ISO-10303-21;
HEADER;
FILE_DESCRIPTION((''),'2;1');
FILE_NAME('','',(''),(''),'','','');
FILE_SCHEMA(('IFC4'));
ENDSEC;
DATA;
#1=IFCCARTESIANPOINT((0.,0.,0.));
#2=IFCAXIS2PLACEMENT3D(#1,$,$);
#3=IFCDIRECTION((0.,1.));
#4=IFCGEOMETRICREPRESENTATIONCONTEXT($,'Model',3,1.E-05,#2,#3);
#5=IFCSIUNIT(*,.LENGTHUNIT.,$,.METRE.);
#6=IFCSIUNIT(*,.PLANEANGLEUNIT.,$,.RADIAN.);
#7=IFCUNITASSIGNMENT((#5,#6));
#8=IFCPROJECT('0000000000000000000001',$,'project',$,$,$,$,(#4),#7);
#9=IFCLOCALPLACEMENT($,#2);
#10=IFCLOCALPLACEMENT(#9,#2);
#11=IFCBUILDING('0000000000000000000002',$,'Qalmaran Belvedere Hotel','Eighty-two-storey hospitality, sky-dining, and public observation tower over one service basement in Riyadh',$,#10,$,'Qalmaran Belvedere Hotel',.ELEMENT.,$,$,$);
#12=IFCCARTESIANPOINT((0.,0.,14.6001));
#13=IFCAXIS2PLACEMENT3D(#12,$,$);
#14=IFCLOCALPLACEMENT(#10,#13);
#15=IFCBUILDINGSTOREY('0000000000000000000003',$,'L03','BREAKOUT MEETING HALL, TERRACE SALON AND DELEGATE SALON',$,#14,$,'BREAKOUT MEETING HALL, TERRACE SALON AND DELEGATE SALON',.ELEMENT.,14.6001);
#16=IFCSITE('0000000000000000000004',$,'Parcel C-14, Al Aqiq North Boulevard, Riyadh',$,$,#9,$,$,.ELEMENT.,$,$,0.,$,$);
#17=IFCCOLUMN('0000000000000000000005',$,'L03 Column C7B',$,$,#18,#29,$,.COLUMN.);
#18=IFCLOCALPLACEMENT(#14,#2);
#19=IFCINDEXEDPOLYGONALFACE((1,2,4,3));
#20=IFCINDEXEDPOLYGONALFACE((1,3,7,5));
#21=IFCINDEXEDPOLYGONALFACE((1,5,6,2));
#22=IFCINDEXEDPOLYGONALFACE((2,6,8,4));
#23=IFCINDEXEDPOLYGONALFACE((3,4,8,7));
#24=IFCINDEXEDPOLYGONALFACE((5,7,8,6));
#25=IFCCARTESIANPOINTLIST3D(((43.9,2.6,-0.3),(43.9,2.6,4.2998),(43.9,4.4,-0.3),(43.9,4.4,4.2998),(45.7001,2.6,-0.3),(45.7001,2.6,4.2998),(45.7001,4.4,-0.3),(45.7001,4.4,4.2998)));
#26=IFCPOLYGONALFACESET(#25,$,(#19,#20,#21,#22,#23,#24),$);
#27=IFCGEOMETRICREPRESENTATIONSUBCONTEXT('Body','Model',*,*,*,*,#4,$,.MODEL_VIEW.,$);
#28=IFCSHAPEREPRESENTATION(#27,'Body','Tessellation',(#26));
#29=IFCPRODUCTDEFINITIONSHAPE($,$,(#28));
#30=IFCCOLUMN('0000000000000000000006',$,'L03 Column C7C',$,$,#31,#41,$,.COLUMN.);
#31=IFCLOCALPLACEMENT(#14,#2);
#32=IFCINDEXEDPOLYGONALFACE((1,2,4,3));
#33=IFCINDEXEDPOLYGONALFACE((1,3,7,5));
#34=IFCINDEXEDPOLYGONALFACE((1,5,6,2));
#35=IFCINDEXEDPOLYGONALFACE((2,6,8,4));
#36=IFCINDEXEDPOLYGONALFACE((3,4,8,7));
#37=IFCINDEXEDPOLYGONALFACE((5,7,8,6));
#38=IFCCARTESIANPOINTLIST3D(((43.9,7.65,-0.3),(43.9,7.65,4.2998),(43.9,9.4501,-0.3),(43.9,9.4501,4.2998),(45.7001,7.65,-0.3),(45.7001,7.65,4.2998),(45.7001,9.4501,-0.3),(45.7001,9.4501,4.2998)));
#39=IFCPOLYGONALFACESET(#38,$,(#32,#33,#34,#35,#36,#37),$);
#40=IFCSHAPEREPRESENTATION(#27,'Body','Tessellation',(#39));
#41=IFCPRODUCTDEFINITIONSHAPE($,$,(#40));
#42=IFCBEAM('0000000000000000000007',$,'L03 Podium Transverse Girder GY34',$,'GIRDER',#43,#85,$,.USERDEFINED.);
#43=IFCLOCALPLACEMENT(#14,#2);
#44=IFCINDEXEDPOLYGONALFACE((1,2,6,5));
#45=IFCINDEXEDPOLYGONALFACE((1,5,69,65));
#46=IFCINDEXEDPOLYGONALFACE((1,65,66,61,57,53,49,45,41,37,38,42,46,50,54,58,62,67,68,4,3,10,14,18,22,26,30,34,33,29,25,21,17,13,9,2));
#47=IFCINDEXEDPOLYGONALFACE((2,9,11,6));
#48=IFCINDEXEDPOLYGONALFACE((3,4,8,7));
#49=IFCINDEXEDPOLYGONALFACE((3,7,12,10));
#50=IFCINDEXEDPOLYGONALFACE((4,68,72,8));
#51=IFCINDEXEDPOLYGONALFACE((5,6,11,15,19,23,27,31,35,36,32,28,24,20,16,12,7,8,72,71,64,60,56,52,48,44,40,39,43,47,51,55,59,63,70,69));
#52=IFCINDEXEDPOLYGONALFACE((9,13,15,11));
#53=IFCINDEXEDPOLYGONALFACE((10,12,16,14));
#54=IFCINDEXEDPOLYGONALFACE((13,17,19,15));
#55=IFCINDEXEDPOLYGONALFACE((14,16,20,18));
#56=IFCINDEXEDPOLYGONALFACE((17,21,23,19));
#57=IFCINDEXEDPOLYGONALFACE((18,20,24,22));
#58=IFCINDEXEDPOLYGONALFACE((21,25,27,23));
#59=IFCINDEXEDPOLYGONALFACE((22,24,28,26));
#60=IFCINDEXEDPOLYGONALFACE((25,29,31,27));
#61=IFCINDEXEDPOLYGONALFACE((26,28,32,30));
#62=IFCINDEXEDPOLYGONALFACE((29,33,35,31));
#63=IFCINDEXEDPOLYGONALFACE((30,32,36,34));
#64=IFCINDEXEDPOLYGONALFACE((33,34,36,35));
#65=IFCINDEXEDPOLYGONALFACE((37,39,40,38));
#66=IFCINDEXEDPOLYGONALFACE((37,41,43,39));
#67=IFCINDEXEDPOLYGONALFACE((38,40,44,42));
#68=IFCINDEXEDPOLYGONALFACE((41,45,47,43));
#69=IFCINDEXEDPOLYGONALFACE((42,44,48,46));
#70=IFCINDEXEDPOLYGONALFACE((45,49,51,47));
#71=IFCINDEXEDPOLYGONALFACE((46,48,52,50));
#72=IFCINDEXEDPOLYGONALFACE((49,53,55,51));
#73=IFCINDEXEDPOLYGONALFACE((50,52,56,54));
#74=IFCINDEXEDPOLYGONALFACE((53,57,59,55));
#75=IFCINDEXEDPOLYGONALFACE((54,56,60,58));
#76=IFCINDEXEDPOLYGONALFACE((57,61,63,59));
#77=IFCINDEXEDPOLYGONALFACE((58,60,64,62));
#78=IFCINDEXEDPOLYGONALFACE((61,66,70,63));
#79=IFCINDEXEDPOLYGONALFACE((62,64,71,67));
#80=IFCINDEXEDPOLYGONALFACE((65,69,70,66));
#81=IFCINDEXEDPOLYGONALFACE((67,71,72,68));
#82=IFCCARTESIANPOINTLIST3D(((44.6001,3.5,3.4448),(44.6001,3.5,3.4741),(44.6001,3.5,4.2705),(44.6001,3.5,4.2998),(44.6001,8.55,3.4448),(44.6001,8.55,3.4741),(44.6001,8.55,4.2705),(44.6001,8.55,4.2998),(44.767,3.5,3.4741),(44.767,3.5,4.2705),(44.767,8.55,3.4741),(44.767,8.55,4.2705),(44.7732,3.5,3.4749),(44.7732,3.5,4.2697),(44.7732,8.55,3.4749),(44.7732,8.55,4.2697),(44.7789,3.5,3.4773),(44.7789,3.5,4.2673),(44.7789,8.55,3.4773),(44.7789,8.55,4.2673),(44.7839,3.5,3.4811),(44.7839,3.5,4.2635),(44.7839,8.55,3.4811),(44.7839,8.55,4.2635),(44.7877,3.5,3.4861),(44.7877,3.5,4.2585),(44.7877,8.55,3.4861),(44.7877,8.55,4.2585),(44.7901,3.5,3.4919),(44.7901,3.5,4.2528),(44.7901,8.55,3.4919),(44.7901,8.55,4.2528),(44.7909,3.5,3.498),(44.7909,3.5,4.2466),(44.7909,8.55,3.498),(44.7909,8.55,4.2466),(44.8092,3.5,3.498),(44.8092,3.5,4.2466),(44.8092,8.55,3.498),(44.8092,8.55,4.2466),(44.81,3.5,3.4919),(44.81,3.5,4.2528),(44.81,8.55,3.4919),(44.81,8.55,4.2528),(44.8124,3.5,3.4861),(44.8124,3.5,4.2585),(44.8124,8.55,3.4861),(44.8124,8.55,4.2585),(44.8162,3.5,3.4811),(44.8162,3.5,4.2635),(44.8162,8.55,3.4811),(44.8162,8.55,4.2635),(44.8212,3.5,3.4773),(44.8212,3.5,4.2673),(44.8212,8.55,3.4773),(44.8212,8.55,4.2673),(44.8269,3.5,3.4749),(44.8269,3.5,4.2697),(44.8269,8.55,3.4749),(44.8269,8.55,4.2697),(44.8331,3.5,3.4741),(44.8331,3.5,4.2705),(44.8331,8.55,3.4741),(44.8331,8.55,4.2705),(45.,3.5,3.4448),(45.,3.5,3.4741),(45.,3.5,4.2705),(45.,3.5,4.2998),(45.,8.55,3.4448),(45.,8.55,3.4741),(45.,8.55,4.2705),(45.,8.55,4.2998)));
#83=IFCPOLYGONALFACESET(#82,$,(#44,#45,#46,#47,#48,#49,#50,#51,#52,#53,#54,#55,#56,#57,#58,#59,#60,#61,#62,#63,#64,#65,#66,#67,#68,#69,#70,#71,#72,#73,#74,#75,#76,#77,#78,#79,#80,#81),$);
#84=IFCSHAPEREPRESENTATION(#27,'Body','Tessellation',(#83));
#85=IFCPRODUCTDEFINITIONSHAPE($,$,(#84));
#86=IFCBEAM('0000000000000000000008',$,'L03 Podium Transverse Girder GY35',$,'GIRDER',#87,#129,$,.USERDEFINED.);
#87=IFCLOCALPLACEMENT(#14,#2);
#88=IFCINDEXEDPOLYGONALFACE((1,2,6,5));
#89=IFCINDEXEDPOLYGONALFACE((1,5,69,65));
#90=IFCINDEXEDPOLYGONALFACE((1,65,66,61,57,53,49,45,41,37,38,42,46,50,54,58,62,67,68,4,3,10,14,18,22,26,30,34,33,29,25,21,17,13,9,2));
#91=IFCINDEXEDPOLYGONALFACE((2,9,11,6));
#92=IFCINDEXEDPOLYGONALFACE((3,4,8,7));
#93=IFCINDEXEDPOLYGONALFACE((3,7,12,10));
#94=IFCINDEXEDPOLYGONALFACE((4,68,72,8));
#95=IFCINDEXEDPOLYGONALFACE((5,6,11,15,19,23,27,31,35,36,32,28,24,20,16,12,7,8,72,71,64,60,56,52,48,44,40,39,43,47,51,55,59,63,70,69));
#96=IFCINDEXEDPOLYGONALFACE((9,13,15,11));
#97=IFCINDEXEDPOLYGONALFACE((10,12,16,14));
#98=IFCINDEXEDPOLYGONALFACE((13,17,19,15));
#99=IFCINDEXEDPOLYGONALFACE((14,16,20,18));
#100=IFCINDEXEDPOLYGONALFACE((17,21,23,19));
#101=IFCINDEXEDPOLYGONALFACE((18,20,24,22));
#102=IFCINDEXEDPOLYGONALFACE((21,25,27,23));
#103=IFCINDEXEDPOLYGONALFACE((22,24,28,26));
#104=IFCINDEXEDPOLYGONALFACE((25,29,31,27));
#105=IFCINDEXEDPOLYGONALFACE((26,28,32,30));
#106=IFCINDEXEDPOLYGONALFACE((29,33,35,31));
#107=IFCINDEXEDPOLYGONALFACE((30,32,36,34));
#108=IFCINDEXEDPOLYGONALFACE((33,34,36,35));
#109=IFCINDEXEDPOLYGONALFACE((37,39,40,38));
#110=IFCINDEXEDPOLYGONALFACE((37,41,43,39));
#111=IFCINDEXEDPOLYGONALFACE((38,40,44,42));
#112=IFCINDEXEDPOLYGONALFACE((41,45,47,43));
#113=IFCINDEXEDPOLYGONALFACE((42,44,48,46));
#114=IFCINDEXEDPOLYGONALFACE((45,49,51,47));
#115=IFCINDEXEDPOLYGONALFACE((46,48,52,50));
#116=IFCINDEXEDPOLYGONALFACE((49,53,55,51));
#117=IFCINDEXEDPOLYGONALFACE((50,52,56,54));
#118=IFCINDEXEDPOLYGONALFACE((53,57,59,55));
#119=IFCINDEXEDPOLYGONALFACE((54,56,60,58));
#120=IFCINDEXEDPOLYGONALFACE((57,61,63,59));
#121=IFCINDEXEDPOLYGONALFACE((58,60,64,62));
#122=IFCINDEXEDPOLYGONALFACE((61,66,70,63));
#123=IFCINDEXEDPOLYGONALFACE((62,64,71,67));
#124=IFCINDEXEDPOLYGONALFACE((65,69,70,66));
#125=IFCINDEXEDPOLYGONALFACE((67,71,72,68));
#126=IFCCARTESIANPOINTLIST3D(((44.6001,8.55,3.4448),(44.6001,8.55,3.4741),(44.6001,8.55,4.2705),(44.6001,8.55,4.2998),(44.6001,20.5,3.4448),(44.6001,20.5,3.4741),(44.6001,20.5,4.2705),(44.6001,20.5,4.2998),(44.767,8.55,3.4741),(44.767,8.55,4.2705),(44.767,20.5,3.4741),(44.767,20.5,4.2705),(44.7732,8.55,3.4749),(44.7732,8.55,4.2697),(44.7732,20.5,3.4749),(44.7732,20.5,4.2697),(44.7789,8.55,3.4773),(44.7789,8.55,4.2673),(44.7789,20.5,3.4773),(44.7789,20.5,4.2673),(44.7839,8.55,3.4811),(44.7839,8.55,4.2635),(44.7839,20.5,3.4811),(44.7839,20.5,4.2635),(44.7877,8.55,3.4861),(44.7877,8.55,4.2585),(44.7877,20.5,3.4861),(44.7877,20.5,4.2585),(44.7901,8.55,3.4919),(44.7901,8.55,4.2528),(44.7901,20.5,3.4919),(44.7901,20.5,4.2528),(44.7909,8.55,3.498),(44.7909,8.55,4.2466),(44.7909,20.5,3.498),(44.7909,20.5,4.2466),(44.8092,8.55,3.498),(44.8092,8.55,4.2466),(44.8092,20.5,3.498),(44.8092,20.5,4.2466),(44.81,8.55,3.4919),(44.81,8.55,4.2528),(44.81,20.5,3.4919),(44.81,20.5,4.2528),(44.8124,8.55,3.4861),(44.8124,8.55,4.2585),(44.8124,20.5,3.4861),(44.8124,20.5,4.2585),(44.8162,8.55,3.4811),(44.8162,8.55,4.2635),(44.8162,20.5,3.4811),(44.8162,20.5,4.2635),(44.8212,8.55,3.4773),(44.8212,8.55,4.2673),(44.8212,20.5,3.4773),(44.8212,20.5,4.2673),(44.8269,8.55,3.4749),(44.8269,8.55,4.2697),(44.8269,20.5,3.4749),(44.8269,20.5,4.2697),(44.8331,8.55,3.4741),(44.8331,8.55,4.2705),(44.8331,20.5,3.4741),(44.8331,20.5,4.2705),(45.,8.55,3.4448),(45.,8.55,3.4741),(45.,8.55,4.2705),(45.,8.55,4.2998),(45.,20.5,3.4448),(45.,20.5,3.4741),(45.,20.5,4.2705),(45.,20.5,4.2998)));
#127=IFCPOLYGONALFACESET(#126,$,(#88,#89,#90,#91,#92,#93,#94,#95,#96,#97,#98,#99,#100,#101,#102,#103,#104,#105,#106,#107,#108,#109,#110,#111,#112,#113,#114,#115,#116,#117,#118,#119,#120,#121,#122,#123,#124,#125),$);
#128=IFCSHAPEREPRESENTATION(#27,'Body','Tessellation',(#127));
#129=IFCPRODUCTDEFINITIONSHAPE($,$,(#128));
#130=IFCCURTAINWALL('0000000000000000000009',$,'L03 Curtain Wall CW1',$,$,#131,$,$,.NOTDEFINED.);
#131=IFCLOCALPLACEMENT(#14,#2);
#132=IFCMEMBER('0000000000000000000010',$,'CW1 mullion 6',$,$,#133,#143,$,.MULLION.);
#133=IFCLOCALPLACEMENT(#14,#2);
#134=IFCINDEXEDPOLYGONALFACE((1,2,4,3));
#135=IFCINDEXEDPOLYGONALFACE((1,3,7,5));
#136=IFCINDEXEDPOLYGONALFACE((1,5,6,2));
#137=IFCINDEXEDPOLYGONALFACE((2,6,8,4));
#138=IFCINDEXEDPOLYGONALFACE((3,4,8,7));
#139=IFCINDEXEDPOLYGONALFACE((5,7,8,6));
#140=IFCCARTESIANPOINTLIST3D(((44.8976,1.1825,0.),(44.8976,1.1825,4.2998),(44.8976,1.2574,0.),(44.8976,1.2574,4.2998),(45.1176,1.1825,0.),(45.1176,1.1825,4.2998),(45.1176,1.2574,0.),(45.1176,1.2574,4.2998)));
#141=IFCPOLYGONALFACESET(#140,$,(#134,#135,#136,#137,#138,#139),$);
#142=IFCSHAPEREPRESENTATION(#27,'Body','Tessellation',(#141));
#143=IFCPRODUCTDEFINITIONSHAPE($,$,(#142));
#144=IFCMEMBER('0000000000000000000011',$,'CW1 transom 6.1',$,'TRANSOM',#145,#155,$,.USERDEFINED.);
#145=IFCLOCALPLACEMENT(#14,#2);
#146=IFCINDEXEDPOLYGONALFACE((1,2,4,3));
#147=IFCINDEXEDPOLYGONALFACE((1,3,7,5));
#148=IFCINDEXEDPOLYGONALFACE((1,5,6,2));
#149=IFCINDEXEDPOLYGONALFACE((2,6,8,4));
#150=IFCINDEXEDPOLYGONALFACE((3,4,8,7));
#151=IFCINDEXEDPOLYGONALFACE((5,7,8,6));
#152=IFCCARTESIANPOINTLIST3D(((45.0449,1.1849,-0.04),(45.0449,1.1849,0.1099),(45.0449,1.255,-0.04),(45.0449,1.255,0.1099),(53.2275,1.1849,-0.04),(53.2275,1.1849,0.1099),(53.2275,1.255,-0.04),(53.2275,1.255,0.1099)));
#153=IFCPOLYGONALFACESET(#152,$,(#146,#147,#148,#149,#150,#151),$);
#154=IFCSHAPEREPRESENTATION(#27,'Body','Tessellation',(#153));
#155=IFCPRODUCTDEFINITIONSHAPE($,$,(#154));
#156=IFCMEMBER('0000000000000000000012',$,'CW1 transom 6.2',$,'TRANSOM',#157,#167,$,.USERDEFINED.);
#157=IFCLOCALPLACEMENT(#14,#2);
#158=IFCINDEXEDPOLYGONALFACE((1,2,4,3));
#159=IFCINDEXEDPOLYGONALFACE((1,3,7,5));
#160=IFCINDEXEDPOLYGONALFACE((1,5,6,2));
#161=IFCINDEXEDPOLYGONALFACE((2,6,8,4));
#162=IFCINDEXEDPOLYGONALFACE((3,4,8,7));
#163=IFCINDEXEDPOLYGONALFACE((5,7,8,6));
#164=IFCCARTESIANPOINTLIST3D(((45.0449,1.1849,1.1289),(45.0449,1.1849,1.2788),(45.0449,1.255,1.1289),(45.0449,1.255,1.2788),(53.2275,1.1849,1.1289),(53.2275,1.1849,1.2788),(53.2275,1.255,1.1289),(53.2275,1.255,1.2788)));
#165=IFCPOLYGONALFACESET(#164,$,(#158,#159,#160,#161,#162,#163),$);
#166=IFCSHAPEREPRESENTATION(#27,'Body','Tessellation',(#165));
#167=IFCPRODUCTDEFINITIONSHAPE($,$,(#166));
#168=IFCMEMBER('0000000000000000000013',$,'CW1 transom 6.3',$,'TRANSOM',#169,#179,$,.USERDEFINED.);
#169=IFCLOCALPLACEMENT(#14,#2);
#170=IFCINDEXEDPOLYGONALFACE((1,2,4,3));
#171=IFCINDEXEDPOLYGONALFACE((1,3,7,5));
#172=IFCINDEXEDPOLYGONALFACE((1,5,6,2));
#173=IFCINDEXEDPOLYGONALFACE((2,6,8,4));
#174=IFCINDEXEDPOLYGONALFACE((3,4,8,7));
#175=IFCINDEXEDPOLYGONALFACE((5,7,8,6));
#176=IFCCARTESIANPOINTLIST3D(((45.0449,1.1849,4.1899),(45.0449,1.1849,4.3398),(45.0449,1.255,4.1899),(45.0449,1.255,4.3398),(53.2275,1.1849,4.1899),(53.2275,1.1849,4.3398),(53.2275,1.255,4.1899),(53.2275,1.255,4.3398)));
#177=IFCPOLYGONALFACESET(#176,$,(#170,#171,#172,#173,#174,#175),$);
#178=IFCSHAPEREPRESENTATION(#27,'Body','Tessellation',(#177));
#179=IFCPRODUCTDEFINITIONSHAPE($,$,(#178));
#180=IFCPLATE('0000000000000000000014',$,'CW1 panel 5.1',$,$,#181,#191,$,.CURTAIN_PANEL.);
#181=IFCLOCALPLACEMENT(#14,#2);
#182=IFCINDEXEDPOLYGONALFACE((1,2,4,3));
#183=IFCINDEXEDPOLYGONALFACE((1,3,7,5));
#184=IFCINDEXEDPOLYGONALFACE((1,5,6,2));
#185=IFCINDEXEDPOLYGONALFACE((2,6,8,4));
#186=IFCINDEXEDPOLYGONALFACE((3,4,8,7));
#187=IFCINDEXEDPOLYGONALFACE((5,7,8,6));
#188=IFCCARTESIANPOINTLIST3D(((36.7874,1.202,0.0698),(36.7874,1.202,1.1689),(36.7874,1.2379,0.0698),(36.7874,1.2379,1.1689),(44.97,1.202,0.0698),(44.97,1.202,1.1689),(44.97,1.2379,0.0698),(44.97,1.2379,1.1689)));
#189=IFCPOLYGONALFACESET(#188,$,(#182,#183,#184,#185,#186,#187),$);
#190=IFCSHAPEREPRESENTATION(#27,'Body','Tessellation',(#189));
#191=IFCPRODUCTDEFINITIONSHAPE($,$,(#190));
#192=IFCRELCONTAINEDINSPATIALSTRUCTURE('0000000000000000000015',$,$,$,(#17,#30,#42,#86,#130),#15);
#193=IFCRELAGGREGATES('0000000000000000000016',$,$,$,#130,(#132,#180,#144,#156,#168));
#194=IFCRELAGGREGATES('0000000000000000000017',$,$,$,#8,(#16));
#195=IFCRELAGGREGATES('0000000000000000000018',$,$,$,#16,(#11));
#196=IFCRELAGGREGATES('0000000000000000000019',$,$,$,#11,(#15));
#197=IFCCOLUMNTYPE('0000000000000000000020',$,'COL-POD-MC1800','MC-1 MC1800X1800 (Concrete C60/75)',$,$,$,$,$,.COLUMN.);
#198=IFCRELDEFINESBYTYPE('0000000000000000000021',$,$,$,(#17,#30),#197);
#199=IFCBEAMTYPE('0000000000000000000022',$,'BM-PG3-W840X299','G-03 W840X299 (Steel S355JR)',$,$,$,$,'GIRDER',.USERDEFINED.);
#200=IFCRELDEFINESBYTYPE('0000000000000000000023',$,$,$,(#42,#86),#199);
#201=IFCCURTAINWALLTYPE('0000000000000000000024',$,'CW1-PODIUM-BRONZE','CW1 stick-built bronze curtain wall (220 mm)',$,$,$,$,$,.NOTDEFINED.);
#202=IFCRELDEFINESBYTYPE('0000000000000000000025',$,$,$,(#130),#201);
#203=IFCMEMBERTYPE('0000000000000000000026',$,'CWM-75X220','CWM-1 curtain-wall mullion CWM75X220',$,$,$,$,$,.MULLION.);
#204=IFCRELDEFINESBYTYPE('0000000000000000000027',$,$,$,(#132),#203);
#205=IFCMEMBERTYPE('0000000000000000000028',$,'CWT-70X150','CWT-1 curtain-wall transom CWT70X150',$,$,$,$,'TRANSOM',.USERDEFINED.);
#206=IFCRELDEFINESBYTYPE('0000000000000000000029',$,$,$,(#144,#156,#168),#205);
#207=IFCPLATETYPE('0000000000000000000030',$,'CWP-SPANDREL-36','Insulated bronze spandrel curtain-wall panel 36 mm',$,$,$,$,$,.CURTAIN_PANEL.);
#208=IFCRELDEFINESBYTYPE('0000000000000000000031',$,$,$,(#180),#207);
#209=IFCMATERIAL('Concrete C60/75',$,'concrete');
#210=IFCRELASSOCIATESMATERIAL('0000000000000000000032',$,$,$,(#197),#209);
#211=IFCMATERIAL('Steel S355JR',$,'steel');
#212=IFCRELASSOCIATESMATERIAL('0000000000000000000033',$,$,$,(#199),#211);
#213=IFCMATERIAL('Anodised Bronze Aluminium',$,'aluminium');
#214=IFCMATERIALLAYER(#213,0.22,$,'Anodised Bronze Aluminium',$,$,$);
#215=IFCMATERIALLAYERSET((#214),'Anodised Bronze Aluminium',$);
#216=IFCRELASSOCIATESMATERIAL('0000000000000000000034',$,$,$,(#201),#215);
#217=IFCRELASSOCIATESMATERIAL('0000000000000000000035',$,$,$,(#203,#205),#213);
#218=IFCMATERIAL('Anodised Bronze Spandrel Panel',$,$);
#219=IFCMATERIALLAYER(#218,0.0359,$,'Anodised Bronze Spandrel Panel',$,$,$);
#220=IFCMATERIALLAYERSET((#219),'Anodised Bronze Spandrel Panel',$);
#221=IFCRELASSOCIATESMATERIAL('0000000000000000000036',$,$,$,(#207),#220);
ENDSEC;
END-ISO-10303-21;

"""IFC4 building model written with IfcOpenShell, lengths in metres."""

from ifc_helpers import new_model, si_unit, direction, frame, origin, origin_2d, place, context, subcontext, project, spatial, rectangle, i_section, extrude, material, layer, layer_set, material_profile, profile_set, type_object, element, aggregate, save


model = new_model("IFC4")

# Units and contexts
model_context = context("Model", 3, precision=1e-05, world=origin(), true_north=direction((0.0, 1.0)))
body_context = subcontext(model_context, "Body", "Model", "MODEL_VIEW")
ifc_project = project(units=[si_unit("LENGTHUNIT", "METRE"), si_unit("PLANEANGLEUNIT", "RADIAN")], contexts=[model_context])

# Site, building, storey
site_placement = place(None, origin())
site = spatial("IfcSite", under=ifc_project, at=site_placement, Name="Parcel C-14, Al Aqiq North Boulevard, Riyadh", CompositionType="ELEMENT", RefElevation=0.0)
building_placement = place(site_placement, origin())
building = spatial("IfcBuilding", under=site, at=building_placement, Name="Qalmaran Belvedere Hotel", Description="Eighty-two-storey hospitality, sky-dining, and public observation tower over one service basement in Riyadh", LongName="Qalmaran Belvedere Hotel", CompositionType="ELEMENT")
storey_placement = place(building_placement, frame((0.0, 0.0, 14.6001)))
storey = spatial("IfcBuildingStorey", under=building, at=storey_placement, Name="L03", Description="BREAKOUT MEETING HALL, TERRACE SALON AND DELEGATE SALON", LongName="BREAKOUT MEETING HALL, TERRACE SALON AND DELEGATE SALON", CompositionType="ELEMENT", Elevation=14.6001)

# Columns
ifc_material_1 = material(Name="Concrete C60/75", Category="concrete")
ifc_material_profile_1 = material_profile(ifc_material_1, rectangle(XDim=1.8, YDim=1.8, at=origin_2d()), Name="MC1800X1800")
ifc_profile_set_1 = profile_set([ifc_material_profile_1], Name="Concrete C60/75")
column_type = type_object("IfcColumnType", Name="COL-POD-MC1800", Description="MC-1 MC1800X1800 (Concrete C60/75)", PredefinedType="COLUMN", material=ifc_profile_set_1)
for number, where, z_axis, x_axis, name in (
    (1, (44.8, 3.5, -0.3), (0.0, 0.0, 1.0), (1.0, 0.0, 0.0), "L03 Column C7B"),
    (2, (44.8, 8.55, -0.3), (0.0, 0.0, 1.0), (1.0, 0.0, 0.0), "L03 Column C7C"),
):
    element("IfcColumn", number, at=place(storey_placement, frame(where, z_axis=z_axis, x_axis=x_axis)), inside=storey, type_object=column_type, Name=name, PredefinedType="COLUMN", context=body_context, shape_type="SweptSolid", body=[
        extrude(rectangle(XDim=1.8, YDim=1.8, at=origin_2d()), origin(), (0.0, 0.0, 1.0), 4.5999),
    ])

# Beams
ifc_material_2 = material(Name="Steel S355JR", Category="steel")
ifc_material_profile_2 = material_profile(ifc_material_2, i_section(OverallWidth=0.3999, OverallDepth=0.855, WebThickness=0.0183, FlangeThickness=0.0293, FilletRadius=0.0239, at=origin_2d()), Name="W840X299")
ifc_profile_set_2 = profile_set([ifc_material_profile_2], Name="Steel S355JR")
beam_type = type_object("IfcBeamType", Name="BM-PG3-W840X299", Description="G-03 W840X299 (Steel S355JR)", ElementType="GIRDER", PredefinedType="USERDEFINED", material=ifc_profile_set_2)
beam_1_placement = place(storey_placement, frame((44.8, 3.5, 3.8723), z_axis=(0.0, 1.0, 0.0), x_axis=(-1.0, 0.0, 0.0)))
element("IfcBeam", 3, at=beam_1_placement, inside=storey, type_object=beam_type, Name="L03 Podium Transverse Girder GY34", ObjectType="GIRDER", PredefinedType="USERDEFINED", context=body_context, shape_type="SweptSolid", body=[
    extrude(i_section(OverallWidth=0.3999, OverallDepth=0.855, WebThickness=0.0183, FlangeThickness=0.0293, FilletRadius=0.0239, at=origin_2d()), origin(), (0.0, 0.0, 1.0), 5.05),
])
beam_2_placement = place(storey_placement, frame((44.8, 8.55, 3.8723), z_axis=(0.0, 1.0, 0.0), x_axis=(-1.0, 0.0, 0.0)))
element("IfcBeam", 4, at=beam_2_placement, inside=storey, type_object=beam_type, Name="L03 Podium Transverse Girder GY35", ObjectType="GIRDER", PredefinedType="USERDEFINED", context=body_context, shape_type="SweptSolid", body=[
    extrude(i_section(OverallWidth=0.3999, OverallDepth=0.855, WebThickness=0.0183, FlangeThickness=0.0293, FilletRadius=0.0239, at=origin_2d()), origin(), (0.0, 0.0, 1.0), 11.95),
])

# Curtain wall, members, plate
ifc_material_3 = material(Name="Anodised Bronze Aluminium", Category="aluminium")
ifc_layer_1 = layer(ifc_material_3, 0.22, Name="Anodised Bronze Aluminium")
ifc_layer_set_1 = layer_set([ifc_layer_1], Name="Anodised Bronze Aluminium")
curtain_wall_type = type_object("IfcCurtainWallType", Name="CW1-PODIUM-BRONZE", Description="CW1 stick-built bronze curtain wall (220 mm)", PredefinedType="NOTDEFINED", material=ifc_layer_set_1)
curtain_wall_placement = place(storey_placement, origin())
curtain_wall = element("IfcCurtainWall", 5, at=curtain_wall_placement, inside=storey, type_object=curtain_wall_type, Name="L03 Curtain Wall CW1", PredefinedType="NOTDEFINED")
ifc_material_profile_3 = material_profile(ifc_material_3, rectangle(XDim=0.075, YDim=0.22, at=origin_2d()), Name="CWM75X220")
ifc_profile_set_3 = profile_set([ifc_material_profile_3], Name="Anodised Bronze Aluminium")
member_type_1 = type_object("IfcMemberType", Name="CWM-75X220", Description="CWM-1 curtain-wall mullion CWM75X220", PredefinedType="MULLION", material=ifc_profile_set_3)
member_1_placement = place(storey_placement, frame((45.0076, 1.22, 0.0), z_axis=(0.0, 0.0, 1.0), x_axis=(0.0, 1.0, 0.0)))
member_1 = element("IfcMember", 6, at=member_1_placement, type_object=member_type_1, Name="CW1 mullion 6", PredefinedType="MULLION", context=body_context, shape_type="SweptSolid", body=[
    extrude(rectangle(XDim=0.075, YDim=0.22, at=origin_2d()), origin(), (0.0, 0.0, 1.0), 4.2998),
])
ifc_material_profile_4 = material_profile(ifc_material_3, rectangle(XDim=0.0701, YDim=0.1499, at=origin_2d()), Name="CWT70X150")
ifc_profile_set_4 = profile_set([ifc_material_profile_4], Name="Anodised Bronze Aluminium")
member_type_2 = type_object("IfcMemberType", Name="CWT-70X150", Description="CWT-1 curtain-wall transom CWT70X150", ElementType="TRANSOM", PredefinedType="USERDEFINED", material=ifc_profile_set_4)
member_2_placement = place(storey_placement, frame((45.0449, 1.22, 0.0349), z_axis=(1.0, 0.0, 0.0), x_axis=(0.0, 1.0, 0.0)))
member_2 = element("IfcMember", 7, at=member_2_placement, type_object=member_type_2, Name="CW1 transom 6.1", ObjectType="TRANSOM", PredefinedType="USERDEFINED", context=body_context, shape_type="SweptSolid", body=[
    extrude(rectangle(XDim=0.0701, YDim=0.1499, at=origin_2d()), origin(), (0.0, 0.0, 1.0), 8.1826),
])
member_3_placement = place(storey_placement, frame((45.0449, 1.22, 1.2039), z_axis=(1.0, 0.0, 0.0), x_axis=(0.0, 1.0, 0.0)))
member_3 = element("IfcMember", 8, at=member_3_placement, type_object=member_type_2, Name="CW1 transom 6.2", ObjectType="TRANSOM", PredefinedType="USERDEFINED", context=body_context, shape_type="SweptSolid", body=[
    extrude(rectangle(XDim=0.0701, YDim=0.1499, at=origin_2d()), origin(), (0.0, 0.0, 1.0), 8.1826),
])
member_4_placement = place(storey_placement, frame((45.0449, 1.22, 4.2649), z_axis=(1.0, 0.0, 0.0), x_axis=(0.0, 1.0, 0.0)))
member_4 = element("IfcMember", 9, at=member_4_placement, type_object=member_type_2, Name="CW1 transom 6.3", ObjectType="TRANSOM", PredefinedType="USERDEFINED", context=body_context, shape_type="SweptSolid", body=[
    extrude(rectangle(XDim=0.0701, YDim=0.1499, at=origin_2d()), origin(), (0.0, 0.0, 1.0), 8.1826),
])
ifc_material_4 = material(Name="Anodised Bronze Spandrel Panel")
ifc_layer_2 = layer(ifc_material_4, 0.0359, Name="Anodised Bronze Spandrel Panel")
ifc_layer_set_2 = layer_set([ifc_layer_2], Name="Anodised Bronze Spandrel Panel")
plate_type_1 = type_object("IfcPlateType", Name="CWP-SPANDREL-36", Description="Insulated bronze spandrel curtain-wall panel 36 mm", PredefinedType="CURTAIN_PANEL", material=ifc_layer_set_2)
plate_1_placement = place(storey_placement, frame((40.8787, 1.22, 0.0698), z_axis=(0.0, 0.0, 1.0), x_axis=(1.0, 0.0, 0.0)))
plate_1 = element("IfcPlate", 10, at=plate_1_placement, type_object=plate_type_1, Name="CW1 panel 5.1", PredefinedType="CURTAIN_PANEL", context=body_context, shape_type="SweptSolid", body=[
    extrude(rectangle(XDim=8.1826, YDim=0.0359, at=origin_2d()), origin(), (0.0, 0.0, 1.0), 1.0991),
])
aggregate(curtain_wall, [member_1, plate_1, member_2, member_3, member_4])

save(model, "model.ifc")
